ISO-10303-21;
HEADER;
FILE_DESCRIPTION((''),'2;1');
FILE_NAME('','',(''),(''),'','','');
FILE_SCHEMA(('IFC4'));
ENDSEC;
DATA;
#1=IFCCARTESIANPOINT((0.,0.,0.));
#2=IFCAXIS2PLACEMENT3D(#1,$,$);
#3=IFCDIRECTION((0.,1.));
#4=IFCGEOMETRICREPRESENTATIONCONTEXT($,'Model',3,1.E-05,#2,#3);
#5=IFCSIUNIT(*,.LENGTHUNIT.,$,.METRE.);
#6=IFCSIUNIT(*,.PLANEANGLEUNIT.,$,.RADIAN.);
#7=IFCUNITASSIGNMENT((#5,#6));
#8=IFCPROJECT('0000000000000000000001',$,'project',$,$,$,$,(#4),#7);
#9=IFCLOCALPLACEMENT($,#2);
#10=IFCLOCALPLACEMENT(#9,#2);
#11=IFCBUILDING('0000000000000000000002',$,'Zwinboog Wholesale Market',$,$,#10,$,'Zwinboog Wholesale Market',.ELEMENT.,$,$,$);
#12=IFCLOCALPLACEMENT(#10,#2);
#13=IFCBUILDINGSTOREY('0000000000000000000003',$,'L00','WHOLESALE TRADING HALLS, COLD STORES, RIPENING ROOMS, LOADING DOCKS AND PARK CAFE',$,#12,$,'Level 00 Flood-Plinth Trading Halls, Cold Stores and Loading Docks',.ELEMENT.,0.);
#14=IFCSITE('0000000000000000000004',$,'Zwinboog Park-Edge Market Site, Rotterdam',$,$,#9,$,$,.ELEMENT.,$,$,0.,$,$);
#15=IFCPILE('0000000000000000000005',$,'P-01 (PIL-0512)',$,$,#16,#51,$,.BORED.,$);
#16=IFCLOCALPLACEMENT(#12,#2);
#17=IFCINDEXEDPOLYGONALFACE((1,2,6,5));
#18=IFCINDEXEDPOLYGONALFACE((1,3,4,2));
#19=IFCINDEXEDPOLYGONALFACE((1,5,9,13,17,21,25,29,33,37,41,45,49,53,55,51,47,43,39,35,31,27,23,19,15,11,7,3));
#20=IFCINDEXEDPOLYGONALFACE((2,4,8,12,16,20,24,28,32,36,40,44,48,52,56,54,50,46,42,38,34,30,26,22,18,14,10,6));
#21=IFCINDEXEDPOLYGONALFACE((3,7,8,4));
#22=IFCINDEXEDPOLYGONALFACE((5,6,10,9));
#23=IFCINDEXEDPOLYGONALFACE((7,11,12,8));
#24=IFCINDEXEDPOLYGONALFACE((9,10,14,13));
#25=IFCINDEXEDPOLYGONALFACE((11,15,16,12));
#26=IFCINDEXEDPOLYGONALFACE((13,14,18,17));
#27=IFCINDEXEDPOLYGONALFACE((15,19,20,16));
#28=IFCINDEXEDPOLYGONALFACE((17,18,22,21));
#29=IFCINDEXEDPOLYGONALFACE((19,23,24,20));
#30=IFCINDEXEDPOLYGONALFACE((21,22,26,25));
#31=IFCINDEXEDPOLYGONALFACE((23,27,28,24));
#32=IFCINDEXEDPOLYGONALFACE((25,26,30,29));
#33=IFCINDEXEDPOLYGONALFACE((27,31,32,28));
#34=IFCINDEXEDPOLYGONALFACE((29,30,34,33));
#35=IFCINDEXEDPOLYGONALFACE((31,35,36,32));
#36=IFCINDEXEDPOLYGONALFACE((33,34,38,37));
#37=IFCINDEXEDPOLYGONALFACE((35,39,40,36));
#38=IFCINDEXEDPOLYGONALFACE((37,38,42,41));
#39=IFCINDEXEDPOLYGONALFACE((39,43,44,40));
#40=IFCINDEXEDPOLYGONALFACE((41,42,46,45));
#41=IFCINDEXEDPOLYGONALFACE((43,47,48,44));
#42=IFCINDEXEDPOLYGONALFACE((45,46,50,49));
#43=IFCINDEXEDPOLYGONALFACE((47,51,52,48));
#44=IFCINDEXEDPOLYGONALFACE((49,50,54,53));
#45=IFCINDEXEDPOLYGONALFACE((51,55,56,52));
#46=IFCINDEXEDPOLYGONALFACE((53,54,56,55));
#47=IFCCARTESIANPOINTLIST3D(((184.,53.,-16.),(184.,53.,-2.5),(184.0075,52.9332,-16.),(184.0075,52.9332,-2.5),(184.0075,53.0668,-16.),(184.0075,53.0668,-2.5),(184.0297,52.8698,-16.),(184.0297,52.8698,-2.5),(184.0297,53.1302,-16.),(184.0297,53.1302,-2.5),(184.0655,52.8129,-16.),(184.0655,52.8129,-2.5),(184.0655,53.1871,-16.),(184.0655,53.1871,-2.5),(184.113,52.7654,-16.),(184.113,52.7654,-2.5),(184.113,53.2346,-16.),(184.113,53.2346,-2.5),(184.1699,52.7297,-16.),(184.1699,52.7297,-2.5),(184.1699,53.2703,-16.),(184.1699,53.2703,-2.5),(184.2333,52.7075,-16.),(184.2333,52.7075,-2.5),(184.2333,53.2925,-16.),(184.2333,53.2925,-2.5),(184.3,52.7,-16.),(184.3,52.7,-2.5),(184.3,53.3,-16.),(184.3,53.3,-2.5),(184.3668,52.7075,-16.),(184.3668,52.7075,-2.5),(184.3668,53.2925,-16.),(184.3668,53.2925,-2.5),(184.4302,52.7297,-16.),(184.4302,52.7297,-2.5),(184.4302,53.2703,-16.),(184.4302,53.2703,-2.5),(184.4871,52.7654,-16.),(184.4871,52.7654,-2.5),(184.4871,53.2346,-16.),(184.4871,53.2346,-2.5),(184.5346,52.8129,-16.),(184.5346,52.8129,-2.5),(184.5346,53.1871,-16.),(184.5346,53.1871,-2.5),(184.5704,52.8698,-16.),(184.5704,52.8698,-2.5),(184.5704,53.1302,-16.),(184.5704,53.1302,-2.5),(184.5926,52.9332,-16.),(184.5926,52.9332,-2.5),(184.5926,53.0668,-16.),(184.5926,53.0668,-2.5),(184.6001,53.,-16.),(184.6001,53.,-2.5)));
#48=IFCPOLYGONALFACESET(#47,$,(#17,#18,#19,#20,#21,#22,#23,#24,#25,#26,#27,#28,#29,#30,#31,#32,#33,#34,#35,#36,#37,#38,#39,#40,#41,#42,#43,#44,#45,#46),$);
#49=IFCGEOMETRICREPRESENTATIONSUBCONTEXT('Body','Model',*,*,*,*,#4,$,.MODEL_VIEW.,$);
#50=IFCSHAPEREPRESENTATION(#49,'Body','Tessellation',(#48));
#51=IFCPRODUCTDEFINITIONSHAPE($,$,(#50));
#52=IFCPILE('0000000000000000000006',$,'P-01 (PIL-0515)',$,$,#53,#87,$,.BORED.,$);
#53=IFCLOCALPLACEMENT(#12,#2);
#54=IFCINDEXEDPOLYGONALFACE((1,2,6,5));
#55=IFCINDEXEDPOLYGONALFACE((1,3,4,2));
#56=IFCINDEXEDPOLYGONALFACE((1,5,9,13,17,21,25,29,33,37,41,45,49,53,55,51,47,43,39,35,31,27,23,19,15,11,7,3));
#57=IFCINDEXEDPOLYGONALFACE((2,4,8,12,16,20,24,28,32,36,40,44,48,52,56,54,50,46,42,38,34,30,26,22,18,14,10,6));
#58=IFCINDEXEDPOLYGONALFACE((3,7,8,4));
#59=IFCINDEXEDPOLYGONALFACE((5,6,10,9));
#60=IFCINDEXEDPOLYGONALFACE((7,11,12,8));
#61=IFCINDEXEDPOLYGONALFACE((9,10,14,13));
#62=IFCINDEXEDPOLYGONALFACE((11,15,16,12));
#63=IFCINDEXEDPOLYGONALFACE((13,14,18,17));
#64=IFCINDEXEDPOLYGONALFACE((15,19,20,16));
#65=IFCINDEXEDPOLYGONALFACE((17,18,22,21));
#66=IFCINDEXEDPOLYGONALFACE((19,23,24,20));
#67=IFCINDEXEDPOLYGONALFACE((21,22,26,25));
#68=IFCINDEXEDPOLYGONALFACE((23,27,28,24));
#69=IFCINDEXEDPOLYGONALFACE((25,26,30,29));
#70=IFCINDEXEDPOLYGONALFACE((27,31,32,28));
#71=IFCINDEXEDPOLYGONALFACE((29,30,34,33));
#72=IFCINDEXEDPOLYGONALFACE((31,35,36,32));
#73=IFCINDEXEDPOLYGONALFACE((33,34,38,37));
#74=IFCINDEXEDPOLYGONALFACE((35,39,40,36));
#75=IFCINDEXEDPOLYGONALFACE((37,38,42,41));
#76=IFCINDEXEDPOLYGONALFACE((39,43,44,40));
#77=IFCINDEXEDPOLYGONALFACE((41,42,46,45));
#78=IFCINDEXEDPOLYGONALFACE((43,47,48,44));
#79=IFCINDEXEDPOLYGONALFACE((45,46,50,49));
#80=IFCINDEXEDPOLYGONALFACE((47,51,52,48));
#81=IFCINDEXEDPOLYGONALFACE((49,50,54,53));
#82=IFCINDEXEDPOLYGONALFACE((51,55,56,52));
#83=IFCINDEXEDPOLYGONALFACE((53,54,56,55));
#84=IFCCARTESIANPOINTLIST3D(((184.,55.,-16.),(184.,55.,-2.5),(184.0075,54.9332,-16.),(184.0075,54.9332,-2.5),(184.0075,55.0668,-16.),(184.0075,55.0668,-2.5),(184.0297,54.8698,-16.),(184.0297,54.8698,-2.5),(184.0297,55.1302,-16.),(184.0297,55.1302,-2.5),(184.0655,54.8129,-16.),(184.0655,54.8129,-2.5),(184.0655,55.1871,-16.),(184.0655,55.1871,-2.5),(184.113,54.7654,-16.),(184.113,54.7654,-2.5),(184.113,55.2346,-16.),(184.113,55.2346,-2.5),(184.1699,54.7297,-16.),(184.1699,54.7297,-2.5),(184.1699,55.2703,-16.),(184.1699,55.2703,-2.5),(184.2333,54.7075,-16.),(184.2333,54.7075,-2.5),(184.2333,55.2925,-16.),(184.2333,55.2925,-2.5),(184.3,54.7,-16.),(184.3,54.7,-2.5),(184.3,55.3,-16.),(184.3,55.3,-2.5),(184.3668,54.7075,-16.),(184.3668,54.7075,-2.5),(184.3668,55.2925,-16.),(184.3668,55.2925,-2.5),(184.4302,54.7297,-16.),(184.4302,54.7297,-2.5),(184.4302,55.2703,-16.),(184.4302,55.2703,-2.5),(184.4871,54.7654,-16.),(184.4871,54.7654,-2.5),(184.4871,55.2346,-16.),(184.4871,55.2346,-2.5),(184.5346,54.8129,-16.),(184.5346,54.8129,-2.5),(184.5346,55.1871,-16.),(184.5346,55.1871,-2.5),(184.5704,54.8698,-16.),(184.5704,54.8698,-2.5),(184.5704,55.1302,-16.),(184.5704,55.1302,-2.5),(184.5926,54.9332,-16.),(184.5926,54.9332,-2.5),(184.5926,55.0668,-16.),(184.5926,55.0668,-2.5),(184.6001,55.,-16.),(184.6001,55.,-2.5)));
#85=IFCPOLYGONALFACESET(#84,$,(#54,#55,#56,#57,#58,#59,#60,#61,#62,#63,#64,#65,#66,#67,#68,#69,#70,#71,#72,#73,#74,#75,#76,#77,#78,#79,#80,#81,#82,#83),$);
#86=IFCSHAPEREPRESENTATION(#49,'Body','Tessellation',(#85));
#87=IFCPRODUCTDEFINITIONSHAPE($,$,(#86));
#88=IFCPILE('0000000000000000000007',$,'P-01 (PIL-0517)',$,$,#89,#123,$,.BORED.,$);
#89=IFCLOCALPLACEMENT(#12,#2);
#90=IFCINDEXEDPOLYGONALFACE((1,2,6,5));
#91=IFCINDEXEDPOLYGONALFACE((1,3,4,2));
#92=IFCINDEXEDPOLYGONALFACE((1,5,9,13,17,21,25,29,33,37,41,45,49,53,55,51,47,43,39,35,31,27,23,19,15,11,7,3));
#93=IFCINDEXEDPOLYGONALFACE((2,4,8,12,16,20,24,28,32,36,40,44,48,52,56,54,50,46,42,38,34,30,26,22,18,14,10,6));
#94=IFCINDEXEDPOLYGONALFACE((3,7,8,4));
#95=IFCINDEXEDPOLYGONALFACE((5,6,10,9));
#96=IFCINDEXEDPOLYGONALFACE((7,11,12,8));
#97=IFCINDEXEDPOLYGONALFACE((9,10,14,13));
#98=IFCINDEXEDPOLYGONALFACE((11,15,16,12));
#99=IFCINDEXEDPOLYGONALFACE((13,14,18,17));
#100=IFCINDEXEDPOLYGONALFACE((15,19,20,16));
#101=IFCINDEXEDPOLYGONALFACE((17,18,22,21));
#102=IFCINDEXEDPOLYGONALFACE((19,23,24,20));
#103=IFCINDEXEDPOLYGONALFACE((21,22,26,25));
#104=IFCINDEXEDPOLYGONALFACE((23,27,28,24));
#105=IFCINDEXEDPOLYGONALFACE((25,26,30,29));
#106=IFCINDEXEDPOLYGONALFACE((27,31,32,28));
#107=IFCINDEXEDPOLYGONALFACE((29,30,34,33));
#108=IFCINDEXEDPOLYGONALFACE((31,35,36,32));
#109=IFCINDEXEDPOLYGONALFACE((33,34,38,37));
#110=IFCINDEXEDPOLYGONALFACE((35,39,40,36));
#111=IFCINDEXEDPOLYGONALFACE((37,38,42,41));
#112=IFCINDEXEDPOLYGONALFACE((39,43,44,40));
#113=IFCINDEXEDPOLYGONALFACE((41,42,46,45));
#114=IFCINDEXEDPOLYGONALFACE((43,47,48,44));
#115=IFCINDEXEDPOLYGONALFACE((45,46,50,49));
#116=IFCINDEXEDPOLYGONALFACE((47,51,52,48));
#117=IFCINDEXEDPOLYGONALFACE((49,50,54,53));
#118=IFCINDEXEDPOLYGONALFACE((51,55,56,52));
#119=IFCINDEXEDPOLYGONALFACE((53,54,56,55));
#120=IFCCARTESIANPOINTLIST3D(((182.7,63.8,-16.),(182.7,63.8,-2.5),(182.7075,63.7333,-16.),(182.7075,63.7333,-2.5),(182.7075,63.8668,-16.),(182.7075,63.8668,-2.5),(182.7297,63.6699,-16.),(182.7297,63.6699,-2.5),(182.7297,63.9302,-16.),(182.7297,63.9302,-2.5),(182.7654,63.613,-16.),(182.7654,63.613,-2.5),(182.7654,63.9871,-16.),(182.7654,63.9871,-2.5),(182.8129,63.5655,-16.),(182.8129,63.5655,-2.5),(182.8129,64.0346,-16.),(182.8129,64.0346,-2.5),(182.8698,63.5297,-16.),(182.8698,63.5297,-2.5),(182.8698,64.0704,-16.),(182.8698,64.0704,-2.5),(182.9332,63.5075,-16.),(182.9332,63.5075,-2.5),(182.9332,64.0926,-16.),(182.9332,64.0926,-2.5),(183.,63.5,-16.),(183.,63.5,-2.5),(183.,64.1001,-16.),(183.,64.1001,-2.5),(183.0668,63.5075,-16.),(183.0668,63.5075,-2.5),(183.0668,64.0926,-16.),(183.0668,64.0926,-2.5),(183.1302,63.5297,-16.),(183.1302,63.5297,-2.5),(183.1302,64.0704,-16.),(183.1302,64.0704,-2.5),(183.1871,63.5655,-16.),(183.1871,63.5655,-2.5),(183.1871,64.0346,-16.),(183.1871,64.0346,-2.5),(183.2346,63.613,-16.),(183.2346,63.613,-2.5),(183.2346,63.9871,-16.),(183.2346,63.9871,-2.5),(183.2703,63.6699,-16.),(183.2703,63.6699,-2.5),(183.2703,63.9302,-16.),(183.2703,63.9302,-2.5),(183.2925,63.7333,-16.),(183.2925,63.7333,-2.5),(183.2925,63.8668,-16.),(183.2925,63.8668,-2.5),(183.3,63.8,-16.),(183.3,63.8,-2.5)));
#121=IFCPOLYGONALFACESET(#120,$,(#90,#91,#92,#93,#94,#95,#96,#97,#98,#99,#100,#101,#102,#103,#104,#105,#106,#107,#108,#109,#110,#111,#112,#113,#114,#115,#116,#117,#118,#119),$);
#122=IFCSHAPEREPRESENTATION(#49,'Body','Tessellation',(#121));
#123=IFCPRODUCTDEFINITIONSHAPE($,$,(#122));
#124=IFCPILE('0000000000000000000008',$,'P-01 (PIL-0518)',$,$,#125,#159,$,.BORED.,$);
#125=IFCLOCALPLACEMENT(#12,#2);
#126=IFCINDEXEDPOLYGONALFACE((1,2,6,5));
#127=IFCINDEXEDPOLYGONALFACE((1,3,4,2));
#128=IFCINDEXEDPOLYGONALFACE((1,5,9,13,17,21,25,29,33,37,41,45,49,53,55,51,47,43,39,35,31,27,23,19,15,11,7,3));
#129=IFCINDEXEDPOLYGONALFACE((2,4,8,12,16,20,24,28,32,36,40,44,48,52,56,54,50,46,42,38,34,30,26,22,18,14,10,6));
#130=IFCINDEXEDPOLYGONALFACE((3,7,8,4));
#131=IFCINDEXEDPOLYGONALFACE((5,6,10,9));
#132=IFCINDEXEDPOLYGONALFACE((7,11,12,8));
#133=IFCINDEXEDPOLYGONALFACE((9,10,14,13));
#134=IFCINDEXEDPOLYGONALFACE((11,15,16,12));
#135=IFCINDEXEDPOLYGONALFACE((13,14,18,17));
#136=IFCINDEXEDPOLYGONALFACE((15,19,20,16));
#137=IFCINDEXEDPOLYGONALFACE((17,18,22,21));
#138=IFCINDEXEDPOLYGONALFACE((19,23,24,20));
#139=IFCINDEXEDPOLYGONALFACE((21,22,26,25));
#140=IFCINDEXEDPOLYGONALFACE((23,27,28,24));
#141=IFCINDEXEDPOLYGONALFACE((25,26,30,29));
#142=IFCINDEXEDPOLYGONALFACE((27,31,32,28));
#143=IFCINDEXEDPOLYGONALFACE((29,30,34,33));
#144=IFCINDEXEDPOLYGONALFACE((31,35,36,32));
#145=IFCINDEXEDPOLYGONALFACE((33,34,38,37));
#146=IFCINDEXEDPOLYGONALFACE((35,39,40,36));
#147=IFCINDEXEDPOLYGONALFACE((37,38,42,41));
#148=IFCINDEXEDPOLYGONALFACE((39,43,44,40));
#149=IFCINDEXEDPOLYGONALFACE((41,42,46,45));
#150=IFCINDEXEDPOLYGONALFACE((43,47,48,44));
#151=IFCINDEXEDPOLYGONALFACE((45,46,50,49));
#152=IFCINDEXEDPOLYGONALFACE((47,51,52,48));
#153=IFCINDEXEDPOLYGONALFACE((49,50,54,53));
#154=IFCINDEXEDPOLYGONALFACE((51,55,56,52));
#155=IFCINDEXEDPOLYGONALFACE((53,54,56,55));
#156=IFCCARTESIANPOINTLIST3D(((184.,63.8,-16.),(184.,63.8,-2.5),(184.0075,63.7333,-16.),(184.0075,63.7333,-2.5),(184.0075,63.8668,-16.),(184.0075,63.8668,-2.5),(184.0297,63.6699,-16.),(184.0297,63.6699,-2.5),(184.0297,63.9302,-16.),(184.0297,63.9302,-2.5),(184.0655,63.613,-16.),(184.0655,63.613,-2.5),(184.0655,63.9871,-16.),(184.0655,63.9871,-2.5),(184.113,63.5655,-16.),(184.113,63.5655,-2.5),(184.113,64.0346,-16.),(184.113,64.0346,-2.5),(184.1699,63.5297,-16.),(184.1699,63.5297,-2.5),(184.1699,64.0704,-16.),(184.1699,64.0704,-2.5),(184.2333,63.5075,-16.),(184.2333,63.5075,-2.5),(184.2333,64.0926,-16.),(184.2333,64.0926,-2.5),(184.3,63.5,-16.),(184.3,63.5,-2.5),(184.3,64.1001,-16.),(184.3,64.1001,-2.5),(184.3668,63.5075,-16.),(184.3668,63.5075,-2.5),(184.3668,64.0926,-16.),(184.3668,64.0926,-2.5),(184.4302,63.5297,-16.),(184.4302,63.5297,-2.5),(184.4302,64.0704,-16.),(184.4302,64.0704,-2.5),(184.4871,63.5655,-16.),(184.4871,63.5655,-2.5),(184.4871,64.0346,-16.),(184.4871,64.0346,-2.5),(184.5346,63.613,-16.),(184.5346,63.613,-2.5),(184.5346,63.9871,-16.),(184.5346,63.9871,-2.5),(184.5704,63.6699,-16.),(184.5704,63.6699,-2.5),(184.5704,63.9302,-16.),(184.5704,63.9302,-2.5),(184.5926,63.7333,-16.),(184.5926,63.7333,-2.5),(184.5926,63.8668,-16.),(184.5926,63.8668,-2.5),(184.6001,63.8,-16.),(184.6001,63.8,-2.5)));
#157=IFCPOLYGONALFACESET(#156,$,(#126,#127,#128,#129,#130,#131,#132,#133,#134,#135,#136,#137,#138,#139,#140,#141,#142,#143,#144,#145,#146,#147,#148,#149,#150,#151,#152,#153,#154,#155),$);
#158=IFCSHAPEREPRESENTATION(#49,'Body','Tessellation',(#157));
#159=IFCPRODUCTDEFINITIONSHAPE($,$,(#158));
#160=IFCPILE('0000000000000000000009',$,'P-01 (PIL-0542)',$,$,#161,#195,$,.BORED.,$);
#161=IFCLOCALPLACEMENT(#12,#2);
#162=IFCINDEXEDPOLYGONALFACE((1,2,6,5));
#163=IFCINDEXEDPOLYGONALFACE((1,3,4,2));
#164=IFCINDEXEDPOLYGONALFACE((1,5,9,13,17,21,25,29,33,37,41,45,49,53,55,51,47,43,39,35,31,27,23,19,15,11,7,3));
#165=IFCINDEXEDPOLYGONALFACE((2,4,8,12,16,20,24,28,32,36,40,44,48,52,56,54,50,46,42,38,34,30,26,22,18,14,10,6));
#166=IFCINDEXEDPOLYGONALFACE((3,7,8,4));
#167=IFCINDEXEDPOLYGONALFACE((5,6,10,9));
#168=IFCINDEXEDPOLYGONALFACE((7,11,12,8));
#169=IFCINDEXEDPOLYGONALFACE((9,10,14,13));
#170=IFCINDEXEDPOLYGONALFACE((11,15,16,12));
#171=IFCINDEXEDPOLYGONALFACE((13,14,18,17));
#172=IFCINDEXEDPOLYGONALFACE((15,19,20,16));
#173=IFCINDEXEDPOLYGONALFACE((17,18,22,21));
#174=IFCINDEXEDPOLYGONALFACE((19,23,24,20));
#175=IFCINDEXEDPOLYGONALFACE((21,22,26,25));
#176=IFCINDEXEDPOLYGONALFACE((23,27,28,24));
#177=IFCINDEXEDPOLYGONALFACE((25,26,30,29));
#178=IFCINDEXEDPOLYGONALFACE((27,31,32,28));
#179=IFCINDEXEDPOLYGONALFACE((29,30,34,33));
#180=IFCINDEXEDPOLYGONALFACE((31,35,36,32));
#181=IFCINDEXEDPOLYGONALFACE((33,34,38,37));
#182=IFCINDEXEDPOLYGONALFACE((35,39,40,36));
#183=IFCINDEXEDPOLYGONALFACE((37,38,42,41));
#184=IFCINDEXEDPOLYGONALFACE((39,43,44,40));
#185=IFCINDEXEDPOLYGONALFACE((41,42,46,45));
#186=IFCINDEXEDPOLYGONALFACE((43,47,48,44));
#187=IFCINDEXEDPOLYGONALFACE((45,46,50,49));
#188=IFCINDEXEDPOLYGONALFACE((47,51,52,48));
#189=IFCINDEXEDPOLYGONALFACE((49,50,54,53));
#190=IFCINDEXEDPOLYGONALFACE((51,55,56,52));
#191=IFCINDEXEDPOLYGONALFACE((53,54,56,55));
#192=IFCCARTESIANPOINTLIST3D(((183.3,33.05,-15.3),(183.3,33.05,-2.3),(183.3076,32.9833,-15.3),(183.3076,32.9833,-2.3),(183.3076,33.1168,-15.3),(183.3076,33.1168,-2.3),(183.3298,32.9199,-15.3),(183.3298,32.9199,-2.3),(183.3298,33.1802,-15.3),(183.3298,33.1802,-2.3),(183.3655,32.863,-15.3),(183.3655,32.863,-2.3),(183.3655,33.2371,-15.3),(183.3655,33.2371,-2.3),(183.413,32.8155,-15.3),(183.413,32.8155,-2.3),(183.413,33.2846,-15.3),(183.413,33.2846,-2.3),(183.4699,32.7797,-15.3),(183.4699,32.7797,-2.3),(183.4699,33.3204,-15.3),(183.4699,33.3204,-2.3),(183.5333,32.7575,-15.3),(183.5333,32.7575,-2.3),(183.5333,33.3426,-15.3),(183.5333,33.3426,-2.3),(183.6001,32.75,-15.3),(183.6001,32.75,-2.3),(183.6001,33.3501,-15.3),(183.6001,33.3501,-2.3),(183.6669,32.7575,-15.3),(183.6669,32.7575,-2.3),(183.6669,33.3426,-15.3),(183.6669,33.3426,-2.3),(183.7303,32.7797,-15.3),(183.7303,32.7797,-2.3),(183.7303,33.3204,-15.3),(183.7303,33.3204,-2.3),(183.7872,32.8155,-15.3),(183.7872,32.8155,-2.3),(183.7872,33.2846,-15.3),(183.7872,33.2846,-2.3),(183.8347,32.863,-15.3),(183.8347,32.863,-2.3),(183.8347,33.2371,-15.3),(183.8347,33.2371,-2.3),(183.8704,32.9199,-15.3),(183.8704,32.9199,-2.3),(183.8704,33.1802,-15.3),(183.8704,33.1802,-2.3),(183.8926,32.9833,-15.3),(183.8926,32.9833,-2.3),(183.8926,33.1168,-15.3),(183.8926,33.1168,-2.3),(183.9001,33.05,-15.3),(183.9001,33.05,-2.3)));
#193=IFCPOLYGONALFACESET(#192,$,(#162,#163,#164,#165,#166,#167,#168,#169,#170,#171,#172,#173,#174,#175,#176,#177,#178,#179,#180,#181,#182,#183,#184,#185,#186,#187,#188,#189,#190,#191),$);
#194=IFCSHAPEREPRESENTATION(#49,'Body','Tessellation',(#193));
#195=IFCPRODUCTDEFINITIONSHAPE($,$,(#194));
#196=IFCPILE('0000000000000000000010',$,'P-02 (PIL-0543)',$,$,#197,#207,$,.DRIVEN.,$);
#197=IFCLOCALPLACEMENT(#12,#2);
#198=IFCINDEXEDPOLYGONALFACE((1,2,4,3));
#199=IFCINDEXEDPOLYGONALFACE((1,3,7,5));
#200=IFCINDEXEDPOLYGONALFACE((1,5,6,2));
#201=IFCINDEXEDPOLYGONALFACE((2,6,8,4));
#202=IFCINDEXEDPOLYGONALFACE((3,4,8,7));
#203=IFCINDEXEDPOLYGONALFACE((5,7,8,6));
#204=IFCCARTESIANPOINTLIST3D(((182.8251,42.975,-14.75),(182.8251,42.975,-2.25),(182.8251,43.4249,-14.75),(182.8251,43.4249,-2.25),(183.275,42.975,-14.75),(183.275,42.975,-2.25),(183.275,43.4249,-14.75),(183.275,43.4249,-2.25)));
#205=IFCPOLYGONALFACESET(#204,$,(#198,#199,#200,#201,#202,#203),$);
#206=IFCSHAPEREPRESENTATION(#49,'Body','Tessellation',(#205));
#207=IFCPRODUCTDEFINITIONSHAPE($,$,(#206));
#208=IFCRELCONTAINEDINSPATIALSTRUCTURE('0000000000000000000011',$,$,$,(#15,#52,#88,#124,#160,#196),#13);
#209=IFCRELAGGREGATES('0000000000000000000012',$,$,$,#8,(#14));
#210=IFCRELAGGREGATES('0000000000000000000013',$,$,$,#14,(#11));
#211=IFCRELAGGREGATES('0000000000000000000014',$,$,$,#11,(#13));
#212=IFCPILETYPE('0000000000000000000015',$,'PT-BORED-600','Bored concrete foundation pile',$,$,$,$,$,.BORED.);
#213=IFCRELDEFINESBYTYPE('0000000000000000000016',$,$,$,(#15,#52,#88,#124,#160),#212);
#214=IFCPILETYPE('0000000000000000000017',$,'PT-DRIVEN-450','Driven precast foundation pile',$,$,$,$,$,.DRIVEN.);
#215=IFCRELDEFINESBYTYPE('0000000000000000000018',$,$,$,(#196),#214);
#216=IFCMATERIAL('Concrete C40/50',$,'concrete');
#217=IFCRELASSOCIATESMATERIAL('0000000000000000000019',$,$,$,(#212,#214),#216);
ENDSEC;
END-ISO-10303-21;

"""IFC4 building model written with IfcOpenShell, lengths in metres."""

from ifc_helpers import new_model, si_unit, direction, frame, origin, origin_2d, place, context, subcontext, project, spatial, rectangle, circle, extrude, material, material_profile, profile_set, type_object, element, save


model = new_model("IFC4")

# Units and contexts
model_context = context("Model", 3, precision=1e-05, world=origin(), true_north=direction((0.0, 1.0)))
body_context = subcontext(model_context, "Body", "Model", "MODEL_VIEW")
ifc_project = project(units=[si_unit("LENGTHUNIT", "METRE"), si_unit("PLANEANGLEUNIT", "RADIAN")], contexts=[model_context])

# Site, building, storey
site_placement = place(None, origin())
site = spatial("IfcSite", under=ifc_project, at=site_placement, Name="Zwinboog Park-Edge Market Site, Rotterdam", CompositionType="ELEMENT", RefElevation=0.0)
building_placement = place(site_placement, origin())
building = spatial("IfcBuilding", under=site, at=building_placement, Name="Zwinboog Wholesale Market", LongName="Zwinboog Wholesale Market", CompositionType="ELEMENT")
storey_placement = place(building_placement, origin())
storey = spatial("IfcBuildingStorey", under=building, at=storey_placement, Name="L00", Description="WHOLESALE TRADING HALLS, COLD STORES, RIPENING ROOMS, LOADING DOCKS AND PARK CAFE", LongName="Level 00 Flood-Plinth Trading Halls, Cold Stores and Loading Docks", CompositionType="ELEMENT", Elevation=0.0)

# Piles
ifc_material_1 = material(Name="Concrete C40/50", Category="concrete")
ifc_material_profile_1 = material_profile(ifc_material_1, circle(Radius=0.3, at=origin_2d()), Name="PILE D600")
ifc_profile_set_1 = profile_set([ifc_material_profile_1], Name="Concrete C40/50")
pile_type_1 = type_object("IfcPileType", Name="PT-BORED-600", Description="Bored concrete foundation pile", PredefinedType="BORED", material=ifc_profile_set_1)
for number, where, z_axis, x_axis, name in (
    (1, (184.3, 53.0, -2.5), (0.0, 0.0, -1.0), (1.0, 0.0, 0.0), "P-01 (PIL-0512)"),
    (2, (184.3, 55.0, -2.5), (0.0, 0.0, -1.0), (1.0, 0.0, 0.0), "P-01 (PIL-0515)"),
    (3, (183.0, 63.8, -2.5), (0.0, 0.0, -1.0), (1.0, 0.0, 0.0), "P-01 (PIL-0517)"),
    (4, (184.3, 63.8, -2.5), (0.0, 0.0, -1.0), (1.0, 0.0, 0.0), "P-01 (PIL-0518)"),
):
    element("IfcPile", number, at=place(storey_placement, frame(where, z_axis=z_axis, x_axis=x_axis)), inside=storey, type_object=pile_type_1, Name=name, PredefinedType="BORED", context=body_context, shape_type="SweptSolid", body=[
        extrude(circle(Radius=0.3, at=origin_2d()), origin(), (0.0, 0.0, 1.0), 13.5),
    ])
pile_placement = place(storey_placement, frame((183.6001, 33.05, -2.3), z_axis=(0.0, 0.0, -1.0), x_axis=(1.0, 0.0, 0.0)))
element("IfcPile", 5, at=pile_placement, inside=storey, type_object=pile_type_1, Name="P-01 (PIL-0542)", PredefinedType="BORED", context=body_context, shape_type="SweptSolid", body=[
    extrude(circle(Radius=0.3, at=origin_2d()), origin(), (0.0, 0.0, 1.0), 13.0),
])
ifc_material_profile_2 = material_profile(ifc_material_1, rectangle(XDim=0.45, YDim=0.45, at=origin_2d()), Name="PILE SQ450")
ifc_profile_set_2 = profile_set([ifc_material_profile_2], Name="Concrete C40/50")
pile_type_2 = type_object("IfcPileType", Name="PT-DRIVEN-450", Description="Driven precast foundation pile", PredefinedType="DRIVEN", material=ifc_profile_set_2)
for number, where, z_axis, x_axis, name in (
    (6, (183.05, 43.2, -2.25), (0.0, 0.0, -1.0), (1.0, 0.0, 0.0), "P-02 (PIL-0543)"),
):
    element("IfcPile", number, at=place(storey_placement, frame(where, z_axis=z_axis, x_axis=x_axis)), inside=storey, type_object=pile_type_2, Name=name, PredefinedType="DRIVEN", context=body_context, shape_type="SweptSolid", body=[
        extrude(rectangle(XDim=0.45, YDim=0.45, at=origin_2d()), origin(), (0.0, 0.0, 1.0), 12.5),
    ])

save(model, "model.ifc")
